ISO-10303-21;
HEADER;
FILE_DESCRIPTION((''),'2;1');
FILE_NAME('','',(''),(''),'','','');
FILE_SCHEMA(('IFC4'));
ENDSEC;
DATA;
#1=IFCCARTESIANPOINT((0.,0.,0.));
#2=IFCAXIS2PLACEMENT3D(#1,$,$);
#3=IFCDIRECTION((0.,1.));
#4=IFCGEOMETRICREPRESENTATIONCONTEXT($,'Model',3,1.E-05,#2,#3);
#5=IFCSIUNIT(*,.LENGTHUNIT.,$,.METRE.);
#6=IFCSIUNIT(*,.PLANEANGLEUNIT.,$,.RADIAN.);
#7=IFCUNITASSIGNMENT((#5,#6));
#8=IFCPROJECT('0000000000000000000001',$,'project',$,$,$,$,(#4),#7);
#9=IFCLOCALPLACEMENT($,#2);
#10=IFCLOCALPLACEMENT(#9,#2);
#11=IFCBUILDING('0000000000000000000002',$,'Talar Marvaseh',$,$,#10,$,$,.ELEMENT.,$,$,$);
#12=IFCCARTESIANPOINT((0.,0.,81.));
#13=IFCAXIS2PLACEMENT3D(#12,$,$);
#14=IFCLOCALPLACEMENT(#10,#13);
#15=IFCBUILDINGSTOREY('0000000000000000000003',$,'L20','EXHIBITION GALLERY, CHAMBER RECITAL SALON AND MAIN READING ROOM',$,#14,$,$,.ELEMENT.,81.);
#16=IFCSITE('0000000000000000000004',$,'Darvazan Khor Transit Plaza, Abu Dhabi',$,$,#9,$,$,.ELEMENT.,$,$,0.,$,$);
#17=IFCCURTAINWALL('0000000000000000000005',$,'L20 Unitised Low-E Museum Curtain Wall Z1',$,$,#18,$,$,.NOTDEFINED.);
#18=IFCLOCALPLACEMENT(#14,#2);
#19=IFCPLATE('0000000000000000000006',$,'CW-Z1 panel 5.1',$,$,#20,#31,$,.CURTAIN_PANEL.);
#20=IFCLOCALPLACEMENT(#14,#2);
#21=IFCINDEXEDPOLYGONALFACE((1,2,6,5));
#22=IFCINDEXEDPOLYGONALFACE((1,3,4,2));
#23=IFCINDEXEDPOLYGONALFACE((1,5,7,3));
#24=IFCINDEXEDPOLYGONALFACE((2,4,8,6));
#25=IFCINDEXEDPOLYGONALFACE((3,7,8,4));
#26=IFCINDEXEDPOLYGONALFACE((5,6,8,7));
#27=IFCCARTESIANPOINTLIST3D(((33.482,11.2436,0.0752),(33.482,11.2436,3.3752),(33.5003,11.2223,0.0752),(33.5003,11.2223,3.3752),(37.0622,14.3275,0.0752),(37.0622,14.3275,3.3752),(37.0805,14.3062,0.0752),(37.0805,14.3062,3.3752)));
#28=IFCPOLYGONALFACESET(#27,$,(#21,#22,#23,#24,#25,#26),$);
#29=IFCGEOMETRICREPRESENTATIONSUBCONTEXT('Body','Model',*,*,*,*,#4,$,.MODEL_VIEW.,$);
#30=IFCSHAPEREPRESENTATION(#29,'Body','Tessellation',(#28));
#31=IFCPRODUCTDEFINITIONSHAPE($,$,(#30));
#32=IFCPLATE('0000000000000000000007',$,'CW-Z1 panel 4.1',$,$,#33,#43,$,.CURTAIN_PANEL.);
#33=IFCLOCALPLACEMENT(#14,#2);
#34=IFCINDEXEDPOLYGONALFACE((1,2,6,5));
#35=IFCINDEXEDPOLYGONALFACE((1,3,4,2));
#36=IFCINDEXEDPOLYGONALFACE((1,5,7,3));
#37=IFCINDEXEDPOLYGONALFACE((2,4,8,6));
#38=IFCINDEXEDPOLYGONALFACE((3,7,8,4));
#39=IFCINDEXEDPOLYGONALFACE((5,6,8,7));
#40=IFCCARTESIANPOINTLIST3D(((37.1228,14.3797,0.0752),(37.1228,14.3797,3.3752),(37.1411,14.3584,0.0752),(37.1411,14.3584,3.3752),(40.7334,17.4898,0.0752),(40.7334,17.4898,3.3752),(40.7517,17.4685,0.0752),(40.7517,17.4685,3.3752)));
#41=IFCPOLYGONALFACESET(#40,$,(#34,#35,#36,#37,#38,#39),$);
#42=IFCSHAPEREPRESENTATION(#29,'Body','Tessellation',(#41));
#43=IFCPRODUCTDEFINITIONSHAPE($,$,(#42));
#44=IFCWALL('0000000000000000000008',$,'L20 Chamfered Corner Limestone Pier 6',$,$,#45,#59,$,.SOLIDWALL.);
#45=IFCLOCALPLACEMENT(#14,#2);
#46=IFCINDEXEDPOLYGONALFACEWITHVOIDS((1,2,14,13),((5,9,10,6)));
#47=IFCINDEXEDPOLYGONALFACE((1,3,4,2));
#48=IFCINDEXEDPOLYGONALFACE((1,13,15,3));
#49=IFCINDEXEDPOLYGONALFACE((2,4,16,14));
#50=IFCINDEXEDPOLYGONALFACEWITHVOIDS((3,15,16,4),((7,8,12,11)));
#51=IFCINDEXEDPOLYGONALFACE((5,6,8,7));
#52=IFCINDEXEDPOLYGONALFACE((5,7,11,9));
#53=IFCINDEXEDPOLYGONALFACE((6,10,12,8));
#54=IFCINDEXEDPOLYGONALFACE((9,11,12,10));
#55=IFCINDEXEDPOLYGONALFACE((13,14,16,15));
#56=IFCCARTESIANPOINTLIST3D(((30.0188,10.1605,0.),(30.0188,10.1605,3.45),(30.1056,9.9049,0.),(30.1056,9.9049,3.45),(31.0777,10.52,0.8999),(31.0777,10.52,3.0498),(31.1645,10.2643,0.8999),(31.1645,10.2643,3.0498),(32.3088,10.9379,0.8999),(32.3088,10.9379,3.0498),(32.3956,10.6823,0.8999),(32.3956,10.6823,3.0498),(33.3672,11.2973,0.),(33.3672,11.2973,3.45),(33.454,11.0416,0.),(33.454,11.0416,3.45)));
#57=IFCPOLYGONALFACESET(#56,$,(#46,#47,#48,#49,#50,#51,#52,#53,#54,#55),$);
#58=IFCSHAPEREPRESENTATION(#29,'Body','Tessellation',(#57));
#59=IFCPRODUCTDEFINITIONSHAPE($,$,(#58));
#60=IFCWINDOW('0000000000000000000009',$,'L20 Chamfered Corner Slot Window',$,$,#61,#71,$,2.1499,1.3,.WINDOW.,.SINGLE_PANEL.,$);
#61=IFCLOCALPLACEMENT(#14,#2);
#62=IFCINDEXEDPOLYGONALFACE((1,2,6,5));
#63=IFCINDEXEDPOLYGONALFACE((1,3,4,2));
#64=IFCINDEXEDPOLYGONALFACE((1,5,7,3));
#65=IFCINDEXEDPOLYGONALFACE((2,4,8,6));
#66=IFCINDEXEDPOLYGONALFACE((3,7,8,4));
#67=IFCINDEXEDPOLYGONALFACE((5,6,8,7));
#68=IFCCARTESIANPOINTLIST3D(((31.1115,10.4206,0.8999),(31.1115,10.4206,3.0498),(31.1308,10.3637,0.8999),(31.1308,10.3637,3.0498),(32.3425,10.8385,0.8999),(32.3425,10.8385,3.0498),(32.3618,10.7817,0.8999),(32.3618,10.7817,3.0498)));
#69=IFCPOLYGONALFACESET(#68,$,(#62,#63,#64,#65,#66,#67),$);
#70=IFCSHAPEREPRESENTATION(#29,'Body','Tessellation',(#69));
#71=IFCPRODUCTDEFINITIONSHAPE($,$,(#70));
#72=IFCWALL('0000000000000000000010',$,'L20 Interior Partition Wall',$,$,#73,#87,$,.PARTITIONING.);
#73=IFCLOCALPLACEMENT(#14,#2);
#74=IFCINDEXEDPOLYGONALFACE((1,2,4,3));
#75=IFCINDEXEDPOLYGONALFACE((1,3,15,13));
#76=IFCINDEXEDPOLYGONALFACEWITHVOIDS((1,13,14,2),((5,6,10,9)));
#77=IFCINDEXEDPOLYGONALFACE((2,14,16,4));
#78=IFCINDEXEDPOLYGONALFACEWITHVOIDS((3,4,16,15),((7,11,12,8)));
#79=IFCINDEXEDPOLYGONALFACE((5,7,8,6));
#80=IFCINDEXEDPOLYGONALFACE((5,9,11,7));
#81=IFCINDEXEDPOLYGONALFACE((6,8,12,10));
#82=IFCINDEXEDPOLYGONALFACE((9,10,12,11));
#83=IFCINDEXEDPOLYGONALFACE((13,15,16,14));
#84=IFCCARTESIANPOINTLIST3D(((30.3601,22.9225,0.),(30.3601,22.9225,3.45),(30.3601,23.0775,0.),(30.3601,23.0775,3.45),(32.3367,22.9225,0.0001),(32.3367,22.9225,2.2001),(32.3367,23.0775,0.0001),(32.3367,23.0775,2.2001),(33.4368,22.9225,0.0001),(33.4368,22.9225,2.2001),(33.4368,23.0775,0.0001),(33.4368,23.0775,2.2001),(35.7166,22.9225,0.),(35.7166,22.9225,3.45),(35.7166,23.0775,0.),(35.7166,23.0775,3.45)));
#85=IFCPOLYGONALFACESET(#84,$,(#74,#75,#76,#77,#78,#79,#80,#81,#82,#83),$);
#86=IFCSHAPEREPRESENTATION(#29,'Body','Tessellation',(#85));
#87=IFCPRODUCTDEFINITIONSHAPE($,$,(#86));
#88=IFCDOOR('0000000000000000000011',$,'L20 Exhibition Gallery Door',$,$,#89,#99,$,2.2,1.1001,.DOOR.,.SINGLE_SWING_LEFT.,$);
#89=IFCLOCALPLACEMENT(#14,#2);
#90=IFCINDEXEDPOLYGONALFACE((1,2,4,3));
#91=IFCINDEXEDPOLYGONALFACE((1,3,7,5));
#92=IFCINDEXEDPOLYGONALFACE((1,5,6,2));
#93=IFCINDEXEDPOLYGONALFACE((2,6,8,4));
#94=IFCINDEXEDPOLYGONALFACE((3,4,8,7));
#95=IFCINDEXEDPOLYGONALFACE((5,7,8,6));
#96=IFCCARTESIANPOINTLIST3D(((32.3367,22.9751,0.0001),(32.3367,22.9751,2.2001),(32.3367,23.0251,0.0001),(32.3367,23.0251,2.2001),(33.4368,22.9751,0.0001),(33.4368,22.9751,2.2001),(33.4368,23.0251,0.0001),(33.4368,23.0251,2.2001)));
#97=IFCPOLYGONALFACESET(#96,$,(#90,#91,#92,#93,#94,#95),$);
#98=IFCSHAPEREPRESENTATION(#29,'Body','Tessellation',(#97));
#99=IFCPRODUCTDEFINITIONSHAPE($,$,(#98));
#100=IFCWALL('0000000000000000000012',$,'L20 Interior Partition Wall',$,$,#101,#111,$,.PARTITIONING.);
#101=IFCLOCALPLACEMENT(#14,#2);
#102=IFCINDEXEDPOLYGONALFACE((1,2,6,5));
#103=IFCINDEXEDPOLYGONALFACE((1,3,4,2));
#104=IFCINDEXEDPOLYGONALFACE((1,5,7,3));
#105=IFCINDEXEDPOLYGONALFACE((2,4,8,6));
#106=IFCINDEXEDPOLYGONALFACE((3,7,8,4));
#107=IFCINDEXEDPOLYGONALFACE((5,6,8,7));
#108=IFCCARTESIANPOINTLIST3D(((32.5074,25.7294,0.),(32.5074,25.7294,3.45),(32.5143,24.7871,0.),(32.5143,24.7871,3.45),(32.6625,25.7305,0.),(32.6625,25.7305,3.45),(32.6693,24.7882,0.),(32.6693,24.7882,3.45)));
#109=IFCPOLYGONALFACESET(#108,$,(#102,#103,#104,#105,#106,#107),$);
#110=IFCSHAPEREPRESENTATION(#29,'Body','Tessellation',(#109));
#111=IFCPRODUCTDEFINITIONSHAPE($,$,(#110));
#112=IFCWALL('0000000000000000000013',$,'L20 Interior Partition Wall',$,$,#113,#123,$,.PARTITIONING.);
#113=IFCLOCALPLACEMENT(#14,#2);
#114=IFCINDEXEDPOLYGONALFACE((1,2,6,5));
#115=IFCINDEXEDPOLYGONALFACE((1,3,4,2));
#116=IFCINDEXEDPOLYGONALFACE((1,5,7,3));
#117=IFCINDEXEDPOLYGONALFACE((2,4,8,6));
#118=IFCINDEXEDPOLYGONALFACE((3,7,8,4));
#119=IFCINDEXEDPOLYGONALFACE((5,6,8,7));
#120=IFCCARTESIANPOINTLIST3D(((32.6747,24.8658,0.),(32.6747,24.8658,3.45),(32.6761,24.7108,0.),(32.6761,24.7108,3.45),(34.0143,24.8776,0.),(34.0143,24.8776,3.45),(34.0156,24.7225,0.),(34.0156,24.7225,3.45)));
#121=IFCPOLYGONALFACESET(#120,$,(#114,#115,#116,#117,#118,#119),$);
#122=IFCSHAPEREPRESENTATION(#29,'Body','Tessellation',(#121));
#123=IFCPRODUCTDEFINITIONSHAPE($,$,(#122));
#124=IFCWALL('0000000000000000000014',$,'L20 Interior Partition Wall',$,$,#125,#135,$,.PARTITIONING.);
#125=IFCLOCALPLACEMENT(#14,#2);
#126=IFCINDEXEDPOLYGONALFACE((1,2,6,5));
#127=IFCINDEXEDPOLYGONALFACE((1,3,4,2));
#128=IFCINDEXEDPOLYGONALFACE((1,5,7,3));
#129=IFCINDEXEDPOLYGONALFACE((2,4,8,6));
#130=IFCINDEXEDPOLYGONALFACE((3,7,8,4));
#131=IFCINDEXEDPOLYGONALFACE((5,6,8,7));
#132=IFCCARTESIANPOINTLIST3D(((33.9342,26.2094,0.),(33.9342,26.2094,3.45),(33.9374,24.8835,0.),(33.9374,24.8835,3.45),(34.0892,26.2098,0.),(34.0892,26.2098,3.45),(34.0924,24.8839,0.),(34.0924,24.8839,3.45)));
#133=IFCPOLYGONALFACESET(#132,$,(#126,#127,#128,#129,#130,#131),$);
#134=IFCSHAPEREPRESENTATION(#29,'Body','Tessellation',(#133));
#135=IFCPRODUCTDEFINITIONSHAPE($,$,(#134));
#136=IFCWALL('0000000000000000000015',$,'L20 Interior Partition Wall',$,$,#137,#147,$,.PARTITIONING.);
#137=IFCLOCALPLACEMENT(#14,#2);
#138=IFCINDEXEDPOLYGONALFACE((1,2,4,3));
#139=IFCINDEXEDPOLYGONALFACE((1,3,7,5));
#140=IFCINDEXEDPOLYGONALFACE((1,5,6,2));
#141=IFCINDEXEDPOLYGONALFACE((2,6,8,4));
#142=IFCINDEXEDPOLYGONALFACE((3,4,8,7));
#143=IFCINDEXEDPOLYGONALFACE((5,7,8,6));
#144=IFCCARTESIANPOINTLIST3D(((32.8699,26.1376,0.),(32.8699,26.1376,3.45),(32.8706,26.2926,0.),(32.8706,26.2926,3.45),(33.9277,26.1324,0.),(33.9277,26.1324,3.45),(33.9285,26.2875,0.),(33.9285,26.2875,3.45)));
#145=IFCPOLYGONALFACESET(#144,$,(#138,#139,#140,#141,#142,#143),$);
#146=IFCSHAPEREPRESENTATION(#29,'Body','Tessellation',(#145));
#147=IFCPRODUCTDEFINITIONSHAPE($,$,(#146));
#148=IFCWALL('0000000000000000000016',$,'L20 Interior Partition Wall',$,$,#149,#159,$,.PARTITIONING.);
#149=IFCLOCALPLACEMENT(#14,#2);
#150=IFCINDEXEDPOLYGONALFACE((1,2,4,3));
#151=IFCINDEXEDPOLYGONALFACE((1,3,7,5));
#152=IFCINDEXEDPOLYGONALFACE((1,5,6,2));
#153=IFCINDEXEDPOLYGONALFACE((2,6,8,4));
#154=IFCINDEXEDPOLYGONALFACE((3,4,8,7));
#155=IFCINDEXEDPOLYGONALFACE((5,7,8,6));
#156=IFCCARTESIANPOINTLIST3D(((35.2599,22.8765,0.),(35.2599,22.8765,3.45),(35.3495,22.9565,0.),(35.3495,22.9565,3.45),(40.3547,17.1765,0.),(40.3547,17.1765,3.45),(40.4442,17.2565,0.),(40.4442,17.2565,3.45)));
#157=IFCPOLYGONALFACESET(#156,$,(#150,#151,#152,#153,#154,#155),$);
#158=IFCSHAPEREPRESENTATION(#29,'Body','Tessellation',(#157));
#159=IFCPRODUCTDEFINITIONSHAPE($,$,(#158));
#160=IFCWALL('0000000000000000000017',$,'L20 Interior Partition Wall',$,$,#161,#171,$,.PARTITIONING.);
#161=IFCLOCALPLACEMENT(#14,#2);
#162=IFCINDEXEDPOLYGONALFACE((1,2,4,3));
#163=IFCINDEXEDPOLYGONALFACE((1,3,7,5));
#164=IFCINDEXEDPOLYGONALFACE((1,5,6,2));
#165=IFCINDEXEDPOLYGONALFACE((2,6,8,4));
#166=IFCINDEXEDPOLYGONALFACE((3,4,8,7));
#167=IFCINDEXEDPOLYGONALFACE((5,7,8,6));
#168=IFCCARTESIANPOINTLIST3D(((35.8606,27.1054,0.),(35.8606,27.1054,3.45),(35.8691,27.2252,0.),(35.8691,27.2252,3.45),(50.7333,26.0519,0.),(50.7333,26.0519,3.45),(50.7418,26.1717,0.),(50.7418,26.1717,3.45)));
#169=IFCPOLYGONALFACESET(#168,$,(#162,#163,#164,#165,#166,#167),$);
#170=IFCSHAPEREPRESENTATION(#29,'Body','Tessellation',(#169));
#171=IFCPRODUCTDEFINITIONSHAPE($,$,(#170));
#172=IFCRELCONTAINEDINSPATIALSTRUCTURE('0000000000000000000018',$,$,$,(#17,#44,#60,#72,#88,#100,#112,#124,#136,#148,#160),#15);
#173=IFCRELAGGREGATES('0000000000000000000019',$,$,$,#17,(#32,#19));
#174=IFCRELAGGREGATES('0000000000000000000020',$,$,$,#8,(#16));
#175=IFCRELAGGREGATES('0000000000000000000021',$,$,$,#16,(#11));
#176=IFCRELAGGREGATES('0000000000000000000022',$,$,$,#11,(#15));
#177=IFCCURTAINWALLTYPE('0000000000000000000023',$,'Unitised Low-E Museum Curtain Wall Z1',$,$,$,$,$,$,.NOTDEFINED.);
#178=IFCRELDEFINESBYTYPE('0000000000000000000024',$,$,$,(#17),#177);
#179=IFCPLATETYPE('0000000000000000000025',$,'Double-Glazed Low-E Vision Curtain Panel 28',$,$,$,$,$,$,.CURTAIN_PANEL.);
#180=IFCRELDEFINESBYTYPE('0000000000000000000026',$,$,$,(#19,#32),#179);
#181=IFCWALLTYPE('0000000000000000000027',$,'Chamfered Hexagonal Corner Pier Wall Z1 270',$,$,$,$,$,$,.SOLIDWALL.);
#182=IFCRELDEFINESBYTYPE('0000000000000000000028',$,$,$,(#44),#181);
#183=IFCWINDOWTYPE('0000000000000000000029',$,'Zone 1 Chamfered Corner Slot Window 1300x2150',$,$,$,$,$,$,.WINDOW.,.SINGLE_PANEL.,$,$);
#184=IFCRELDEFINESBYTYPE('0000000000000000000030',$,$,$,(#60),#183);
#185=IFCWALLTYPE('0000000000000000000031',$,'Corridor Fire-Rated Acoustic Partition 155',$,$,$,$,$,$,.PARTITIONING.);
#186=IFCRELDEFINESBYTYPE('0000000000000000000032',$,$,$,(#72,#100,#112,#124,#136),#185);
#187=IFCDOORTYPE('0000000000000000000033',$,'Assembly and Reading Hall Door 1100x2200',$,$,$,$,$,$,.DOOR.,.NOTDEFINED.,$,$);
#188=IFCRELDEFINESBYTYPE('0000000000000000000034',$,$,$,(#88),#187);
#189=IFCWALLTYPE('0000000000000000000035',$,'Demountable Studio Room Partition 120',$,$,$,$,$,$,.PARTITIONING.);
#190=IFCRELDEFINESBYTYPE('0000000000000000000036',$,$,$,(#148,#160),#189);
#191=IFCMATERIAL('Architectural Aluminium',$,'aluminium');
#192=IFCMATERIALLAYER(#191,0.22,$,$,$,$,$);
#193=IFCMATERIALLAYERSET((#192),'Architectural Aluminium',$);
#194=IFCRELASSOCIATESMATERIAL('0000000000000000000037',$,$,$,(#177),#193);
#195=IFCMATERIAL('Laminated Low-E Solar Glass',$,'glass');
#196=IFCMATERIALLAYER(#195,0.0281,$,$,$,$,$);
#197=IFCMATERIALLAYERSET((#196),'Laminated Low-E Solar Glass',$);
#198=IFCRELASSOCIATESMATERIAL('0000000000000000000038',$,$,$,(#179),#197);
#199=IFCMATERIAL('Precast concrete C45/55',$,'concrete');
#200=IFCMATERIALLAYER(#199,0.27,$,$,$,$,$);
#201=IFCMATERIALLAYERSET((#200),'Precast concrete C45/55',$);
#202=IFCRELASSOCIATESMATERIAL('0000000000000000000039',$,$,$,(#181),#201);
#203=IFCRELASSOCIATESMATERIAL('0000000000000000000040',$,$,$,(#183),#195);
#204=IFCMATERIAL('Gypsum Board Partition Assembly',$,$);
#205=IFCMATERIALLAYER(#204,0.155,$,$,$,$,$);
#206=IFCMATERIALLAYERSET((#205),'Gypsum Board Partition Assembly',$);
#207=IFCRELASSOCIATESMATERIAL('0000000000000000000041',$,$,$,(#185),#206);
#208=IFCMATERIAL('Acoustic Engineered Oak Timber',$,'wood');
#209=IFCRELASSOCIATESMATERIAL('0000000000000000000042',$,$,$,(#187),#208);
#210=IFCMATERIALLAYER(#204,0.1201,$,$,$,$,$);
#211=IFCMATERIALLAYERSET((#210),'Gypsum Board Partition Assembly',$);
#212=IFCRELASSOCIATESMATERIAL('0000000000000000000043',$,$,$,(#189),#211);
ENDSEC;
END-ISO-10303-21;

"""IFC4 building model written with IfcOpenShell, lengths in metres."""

from ifc_helpers import new_model, si_unit, direction, frame, frame_2d, origin, origin_2d, place, context, subcontext, project, spatial, rectangle, extrude, source, transform, mapped, material, layer, layer_set, type_object, type_shapes, element, fill, aggregate, save


model = new_model("IFC4")

# Units and contexts
model_context = context("Model", 3, precision=1e-05, world=origin(), true_north=direction((0.0, 1.0)))
body_context = subcontext(model_context, "Body", "Model", "MODEL_VIEW")
ifc_project = project(units=[si_unit("LENGTHUNIT", "METRE"), si_unit("PLANEANGLEUNIT", "RADIAN")], contexts=[model_context])

# Site, building, storey
site_placement = place(None, origin())
site = spatial("IfcSite", under=ifc_project, at=site_placement, Name="Darvazan Khor Transit Plaza, Abu Dhabi", CompositionType="ELEMENT", RefElevation=0.0)
building_placement = place(site_placement, origin())
building = spatial("IfcBuilding", under=site, at=building_placement, Name="Talar Marvaseh", CompositionType="ELEMENT")
storey_placement = place(building_placement, frame((0.0, 0.0, 81.0)))
storey = spatial("IfcBuildingStorey", under=building, at=storey_placement, Name="L20", Description="EXHIBITION GALLERY, CHAMBER RECITAL SALON AND MAIN READING ROOM", CompositionType="ELEMENT", Elevation=81.0)

# Curtain wall, plates
ifc_material_1 = material(Name="Architectural Aluminium", Category="aluminium")
ifc_layer_1 = layer(ifc_material_1, 0.22)
ifc_layer_set_1 = layer_set([ifc_layer_1], Name="Architectural Aluminium")
curtain_wall_type = type_object("IfcCurtainWallType", Name="Unitised Low-E Museum Curtain Wall Z1", PredefinedType="NOTDEFINED", material=ifc_layer_set_1)
curtain_wall_placement = place(storey_placement, origin())
curtain_wall = element("IfcCurtainWall", 1, at=curtain_wall_placement, inside=storey, type_object=curtain_wall_type, Name="L20 Unitised Low-E Museum Curtain Wall Z1", PredefinedType="NOTDEFINED")
ifc_material_2 = material(Name="Laminated Low-E Solar Glass", Category="glass")
ifc_layer_2 = layer(ifc_material_2, 0.0281)
ifc_layer_set_2 = layer_set([ifc_layer_2], Name="Laminated Low-E Solar Glass")
plate_type = type_object("IfcPlateType", Name="Double-Glazed Low-E Vision Curtain Panel 28", PredefinedType="CURTAIN_PANEL", material=ifc_layer_set_2)
shared_shape_1 = source(origin(), body_context, "Body", "SweptSolid", [
    extrude(rectangle(XDim=4.7253, YDim=0.0281, at=origin_2d()), origin(), (0.0, 0.0, 1.0), 3.3),
])
plate_1_placement = place(storey_placement, frame((35.2812, 12.7749, 0.0752), z_axis=(0.0, 0.0, 1.0), x_axis=(-0.757665, -0.652644, 0.0)))
plate_1 = element("IfcPlate", 2, at=plate_1_placement, type_object=plate_type, Name="CW-Z1 panel 5.1", PredefinedType="CURTAIN_PANEL", context=body_context, shape_type="MappedRepresentation", body=[
    mapped(shared_shape_1, transform((0.0, 0.0, 0.0), x_axis=(1.0, 0.0, 0.0), y_axis=(0.0, 1.0, 0.0), z_axis=(0.0, 0.0, 1.0), scale=1.0)),
])
shared_shape_2 = source(origin(), body_context, "Body", "SweptSolid", [
    extrude(rectangle(XDim=4.7654, YDim=0.0281, at=origin_2d()), origin(), (0.0, 0.0, 1.0), 3.3),
])
type_shapes(plate_type, [shared_shape_1, shared_shape_2])
plate_2_placement = place(storey_placement, frame((38.9373, 15.9241, 0.0752), z_axis=(0.0, 0.0, 1.0), x_axis=(-0.757665, -0.652644, 0.0)))
plate_2 = element("IfcPlate", 3, at=plate_2_placement, type_object=plate_type, Name="CW-Z1 panel 4.1", PredefinedType="CURTAIN_PANEL", context=body_context, shape_type="MappedRepresentation", body=[
    mapped(shared_shape_2, transform((0.0, 0.0, 0.0), x_axis=(1.0, 0.0, 0.0), y_axis=(0.0, 1.0, 0.0), z_axis=(0.0, 0.0, 1.0), scale=1.0)),
])
aggregate(curtain_wall, [plate_2, plate_1])

# Wall, opening, window
ifc_material_3 = material(Name="Precast concrete C45/55", Category="concrete")
ifc_layer_3 = layer(ifc_material_3, 0.27)
ifc_layer_set_3 = layer_set([ifc_layer_3], Name="Precast concrete C45/55")
wall_type_1 = type_object("IfcWallType", Name="Chamfered Hexagonal Corner Pier Wall Z1 270", PredefinedType="SOLIDWALL", material=ifc_layer_set_3)
wall_1_placement = place(storey_placement, frame((33.4106, 11.1694, 0.0), z_axis=(0.0, 0.0, 1.0), x_axis=(-0.946922, -0.321463, 0.0)))
wall_1 = element("IfcWall", 4, at=wall_1_placement, inside=storey, type_object=wall_type_1, Name="L20 Chamfered Corner Limestone Pier 6", PredefinedType="SOLIDWALL", context=body_context, shape_type="SweptSolid", body=[
    extrude(rectangle(XDim=3.5361, YDim=0.27, at=frame_2d((1.7681, 0.0))), origin(), (0.0, 0.0, 1.0), 3.45),
])
opening_1_placement = place(wall_1_placement, frame((1.1179, 0.0, 0.8999)))
opening_1 = element("IfcOpeningElement", 5, at=opening_1_placement, cuts=wall_1, PredefinedType="OPENING", context=body_context, shape_type="SweptSolid", body=[
    extrude(rectangle(XDim=1.3, YDim=2.1499, at=frame_2d((0.6499, 1.075))), frame((0.0, 0.145, 0.0), z_axis=(0.0, -1.0, 0.0), x_axis=(1.0, 0.0, 0.0)), (0.0, 0.0, 1.0), 0.29),
])
window_type = type_object("IfcWindowType", Name="Zone 1 Chamfered Corner Slot Window 1300x2150", PartitioningType="SINGLE_PANEL", PredefinedType="WINDOW", material=ifc_material_2)
shared_shape_3 = source(origin(), body_context, "Body", "SweptSolid", [
    extrude(rectangle(XDim=1.3, YDim=2.1499, at=frame_2d((0.6499, 1.075))), frame((0.0, 0.03, 0.0), z_axis=(0.0, -1.0, 0.0), x_axis=(1.0, 0.0, 0.0)), (0.0, 0.0, 1.0), 0.0601),
])
type_shapes(window_type, [shared_shape_3])
window_placement = place(opening_1_placement, origin())
window = element("IfcWindow", 6, at=window_placement, inside=storey, type_object=window_type, Name="L20 Chamfered Corner Slot Window", OverallHeight=2.1499, OverallWidth=1.3, PartitioningType="SINGLE_PANEL", PredefinedType="WINDOW", context=body_context, shape_type="MappedRepresentation", body=[
    mapped(shared_shape_3, transform((0.0, 0.0, 0.0), x_axis=(1.0, 0.0, 0.0), y_axis=(0.0, 1.0, 0.0), z_axis=(0.0, 0.0, 1.0), scale=1.0)),
])
fill(opening_1, window)

# Wall, opening, door
ifc_material_4 = material(Name="Gypsum Board Partition Assembly")
ifc_layer_4 = layer(ifc_material_4, 0.155)
ifc_layer_set_4 = layer_set([ifc_layer_4], Name="Gypsum Board Partition Assembly")
wall_type_2 = type_object("IfcWallType", Name="Corridor Fire-Rated Acoustic Partition 155", PredefinedType="PARTITIONING", material=ifc_layer_set_4)
wall_2_placement = place(storey_placement, frame((35.7166, 23.0, 0.0), z_axis=(0.0, 0.0, 1.0), x_axis=(-1.0, 0.0, 0.0)))
wall_2 = element("IfcWall", 7, at=wall_2_placement, inside=storey, type_object=wall_type_2, Name="L20 Interior Partition Wall", PredefinedType="PARTITIONING", context=body_context, shape_type="SweptSolid", body=[
    extrude(rectangle(XDim=5.3564, YDim=0.155, at=frame_2d((2.6782, 0.0))), origin(), (0.0, 0.0, 1.0), 3.45),
])
opening_2_placement = place(wall_2_placement, frame((2.2798, 0.0, 0.0)))
opening_2 = element("IfcOpeningElement", 8, at=opening_2_placement, cuts=wall_2, PredefinedType="OPENING", context=body_context, shape_type="SweptSolid", body=[
    extrude(rectangle(XDim=1.1001, YDim=2.2, at=frame_2d((0.55, 1.1001))), frame((0.0, 0.0874, 0.0), z_axis=(0.0, -1.0, 0.0), x_axis=(1.0, 0.0, 0.0)), (0.0, 0.0, 1.0), 0.175),
])
ifc_material_5 = material(Name="Acoustic Engineered Oak Timber", Category="wood")
door_type_1 = type_object("IfcDoorType", Name="Assembly and Reading Hall Door 1100x2200", OperationType="NOTDEFINED", PredefinedType="DOOR", material=ifc_material_5)
shared_shape_4 = source(origin(), body_context, "Body", "SweptSolid", [
    extrude(rectangle(XDim=1.1001, YDim=2.2, at=frame_2d((0.55, 1.1001))), frame((0.0, 0.0249, 0.0), z_axis=(0.0, -1.0, 0.0), x_axis=(1.0, 0.0, 0.0)), (0.0, 0.0, 1.0), 0.05),
])
type_shapes(door_type_1, [shared_shape_4])
door_1_placement = place(opening_2_placement, origin())
door_1 = element("IfcDoor", 9, at=door_1_placement, inside=storey, type_object=door_type_1, Name="L20 Exhibition Gallery Door", OperationType="SINGLE_SWING_LEFT", OverallHeight=2.2, OverallWidth=1.1001, PredefinedType="DOOR", context=body_context, shape_type="MappedRepresentation", body=[
    mapped(shared_shape_4, transform((0.0, 0.0, 0.0), x_axis=(1.0, 0.0, 0.0), y_axis=(0.0, 1.0, 0.0), z_axis=(0.0, 0.0, 1.0), scale=1.0)),
])
fill(opening_2, door_1)

# Walls
wall_3_placement = place(storey_placement, frame((32.585, 25.73, 0.0), z_axis=(0.0, 0.0, 1.0), x_axis=(0.007254, -0.999974, 0.0)))
element("IfcWall", 10, at=wall_3_placement, inside=storey, type_object=wall_type_2, Name="L20 Interior Partition Wall", PredefinedType="PARTITIONING", context=body_context, shape_type="SweptSolid", body=[
    extrude(rectangle(XDim=0.9424, YDim=0.155, at=frame_2d((0.4712, 0.0))), origin(), (0.0, 0.0, 1.0), 3.45),
])
wall_4_placement = place(storey_placement, frame((32.6753, 24.7883, 0.0), z_axis=(0.0, 0.0, 1.0), x_axis=(0.999962, 0.008748, 0.0)))
element("IfcWall", 11, at=wall_4_placement, inside=storey, type_object=wall_type_2, Name="L20 Interior Partition Wall", PredefinedType="PARTITIONING", context=body_context, shape_type="SweptSolid", body=[
    extrude(rectangle(XDim=1.3396, YDim=0.155, at=frame_2d((0.6699, 0.0))), origin(), (0.0, 0.0, 1.0), 3.45),
])
wall_5_placement = place(storey_placement, frame((34.0149, 24.8835, 0.0), z_axis=(0.0, 0.0, 1.0), x_axis=(-0.002394, 0.999997, 0.0)))
element("IfcWall", 12, at=wall_5_placement, inside=storey, type_object=wall_type_2, Name="L20 Interior Partition Wall", PredefinedType="PARTITIONING", context=body_context, shape_type="SweptSolid", body=[
    extrude(rectangle(XDim=1.3259, YDim=0.155, at=frame_2d((0.6631, 0.0))), origin(), (0.0, 0.0, 1.0), 3.45),
])
wall_6_placement = place(storey_placement, frame((33.928, 26.21, 0.0), z_axis=(0.0, 0.0, 1.0), x_axis=(-0.999988, 0.004846, 0.0)))
element("IfcWall", 13, at=wall_6_placement, inside=storey, type_object=wall_type_2, Name="L20 Interior Partition Wall", PredefinedType="PARTITIONING", context=body_context, shape_type="SweptSolid", body=[
    extrude(rectangle(XDim=1.0579, YDim=0.155, at=frame_2d((0.5288, 0.0))), origin(), (0.0, 0.0, 1.0), 3.45),
])
ifc_layer_5 = layer(ifc_material_4, 0.1201)
ifc_layer_set_5 = layer_set([ifc_layer_5], Name="Gypsum Board Partition Assembly")
wall_type_3 = type_object("IfcWallType", Name="Demountable Studio Room Partition 120", PredefinedType="PARTITIONING", material=ifc_layer_set_5)
wall_7_placement = place(storey_placement, frame((35.3047, 22.9165, 0.0), z_axis=(0.0, 0.0, 1.0), x_axis=(0.666415, -0.745581, 0.0)))
element("IfcWall", 14, at=wall_7_placement, inside=storey, type_object=wall_type_3, Name="L20 Interior Partition Wall", PredefinedType="PARTITIONING", context=body_context, shape_type="SweptSolid", body=[
    extrude(rectangle(XDim=7.645, YDim=0.1201, at=frame_2d((3.8225, 0.0))), origin(), (0.0, 0.0, 1.0), 3.45),
])
wall_8_placement = place(storey_placement, frame((35.8647, 27.1653, 0.0), z_axis=(0.0, 0.0, 1.0), x_axis=(0.997501, -0.070656, 0.0)))
element("IfcWall", 15, at=wall_8_placement, inside=storey, type_object=wall_type_3, Name="L20 Interior Partition Wall", PredefinedType="PARTITIONING", context=body_context, shape_type="SweptSolid", body=[
    extrude(rectangle(XDim=14.9099, YDim=0.1201, at=frame_2d((7.4551, 0.0))), origin(), (0.0, 0.0, 1.0), 3.45),
])

save(model, "model.ifc")
